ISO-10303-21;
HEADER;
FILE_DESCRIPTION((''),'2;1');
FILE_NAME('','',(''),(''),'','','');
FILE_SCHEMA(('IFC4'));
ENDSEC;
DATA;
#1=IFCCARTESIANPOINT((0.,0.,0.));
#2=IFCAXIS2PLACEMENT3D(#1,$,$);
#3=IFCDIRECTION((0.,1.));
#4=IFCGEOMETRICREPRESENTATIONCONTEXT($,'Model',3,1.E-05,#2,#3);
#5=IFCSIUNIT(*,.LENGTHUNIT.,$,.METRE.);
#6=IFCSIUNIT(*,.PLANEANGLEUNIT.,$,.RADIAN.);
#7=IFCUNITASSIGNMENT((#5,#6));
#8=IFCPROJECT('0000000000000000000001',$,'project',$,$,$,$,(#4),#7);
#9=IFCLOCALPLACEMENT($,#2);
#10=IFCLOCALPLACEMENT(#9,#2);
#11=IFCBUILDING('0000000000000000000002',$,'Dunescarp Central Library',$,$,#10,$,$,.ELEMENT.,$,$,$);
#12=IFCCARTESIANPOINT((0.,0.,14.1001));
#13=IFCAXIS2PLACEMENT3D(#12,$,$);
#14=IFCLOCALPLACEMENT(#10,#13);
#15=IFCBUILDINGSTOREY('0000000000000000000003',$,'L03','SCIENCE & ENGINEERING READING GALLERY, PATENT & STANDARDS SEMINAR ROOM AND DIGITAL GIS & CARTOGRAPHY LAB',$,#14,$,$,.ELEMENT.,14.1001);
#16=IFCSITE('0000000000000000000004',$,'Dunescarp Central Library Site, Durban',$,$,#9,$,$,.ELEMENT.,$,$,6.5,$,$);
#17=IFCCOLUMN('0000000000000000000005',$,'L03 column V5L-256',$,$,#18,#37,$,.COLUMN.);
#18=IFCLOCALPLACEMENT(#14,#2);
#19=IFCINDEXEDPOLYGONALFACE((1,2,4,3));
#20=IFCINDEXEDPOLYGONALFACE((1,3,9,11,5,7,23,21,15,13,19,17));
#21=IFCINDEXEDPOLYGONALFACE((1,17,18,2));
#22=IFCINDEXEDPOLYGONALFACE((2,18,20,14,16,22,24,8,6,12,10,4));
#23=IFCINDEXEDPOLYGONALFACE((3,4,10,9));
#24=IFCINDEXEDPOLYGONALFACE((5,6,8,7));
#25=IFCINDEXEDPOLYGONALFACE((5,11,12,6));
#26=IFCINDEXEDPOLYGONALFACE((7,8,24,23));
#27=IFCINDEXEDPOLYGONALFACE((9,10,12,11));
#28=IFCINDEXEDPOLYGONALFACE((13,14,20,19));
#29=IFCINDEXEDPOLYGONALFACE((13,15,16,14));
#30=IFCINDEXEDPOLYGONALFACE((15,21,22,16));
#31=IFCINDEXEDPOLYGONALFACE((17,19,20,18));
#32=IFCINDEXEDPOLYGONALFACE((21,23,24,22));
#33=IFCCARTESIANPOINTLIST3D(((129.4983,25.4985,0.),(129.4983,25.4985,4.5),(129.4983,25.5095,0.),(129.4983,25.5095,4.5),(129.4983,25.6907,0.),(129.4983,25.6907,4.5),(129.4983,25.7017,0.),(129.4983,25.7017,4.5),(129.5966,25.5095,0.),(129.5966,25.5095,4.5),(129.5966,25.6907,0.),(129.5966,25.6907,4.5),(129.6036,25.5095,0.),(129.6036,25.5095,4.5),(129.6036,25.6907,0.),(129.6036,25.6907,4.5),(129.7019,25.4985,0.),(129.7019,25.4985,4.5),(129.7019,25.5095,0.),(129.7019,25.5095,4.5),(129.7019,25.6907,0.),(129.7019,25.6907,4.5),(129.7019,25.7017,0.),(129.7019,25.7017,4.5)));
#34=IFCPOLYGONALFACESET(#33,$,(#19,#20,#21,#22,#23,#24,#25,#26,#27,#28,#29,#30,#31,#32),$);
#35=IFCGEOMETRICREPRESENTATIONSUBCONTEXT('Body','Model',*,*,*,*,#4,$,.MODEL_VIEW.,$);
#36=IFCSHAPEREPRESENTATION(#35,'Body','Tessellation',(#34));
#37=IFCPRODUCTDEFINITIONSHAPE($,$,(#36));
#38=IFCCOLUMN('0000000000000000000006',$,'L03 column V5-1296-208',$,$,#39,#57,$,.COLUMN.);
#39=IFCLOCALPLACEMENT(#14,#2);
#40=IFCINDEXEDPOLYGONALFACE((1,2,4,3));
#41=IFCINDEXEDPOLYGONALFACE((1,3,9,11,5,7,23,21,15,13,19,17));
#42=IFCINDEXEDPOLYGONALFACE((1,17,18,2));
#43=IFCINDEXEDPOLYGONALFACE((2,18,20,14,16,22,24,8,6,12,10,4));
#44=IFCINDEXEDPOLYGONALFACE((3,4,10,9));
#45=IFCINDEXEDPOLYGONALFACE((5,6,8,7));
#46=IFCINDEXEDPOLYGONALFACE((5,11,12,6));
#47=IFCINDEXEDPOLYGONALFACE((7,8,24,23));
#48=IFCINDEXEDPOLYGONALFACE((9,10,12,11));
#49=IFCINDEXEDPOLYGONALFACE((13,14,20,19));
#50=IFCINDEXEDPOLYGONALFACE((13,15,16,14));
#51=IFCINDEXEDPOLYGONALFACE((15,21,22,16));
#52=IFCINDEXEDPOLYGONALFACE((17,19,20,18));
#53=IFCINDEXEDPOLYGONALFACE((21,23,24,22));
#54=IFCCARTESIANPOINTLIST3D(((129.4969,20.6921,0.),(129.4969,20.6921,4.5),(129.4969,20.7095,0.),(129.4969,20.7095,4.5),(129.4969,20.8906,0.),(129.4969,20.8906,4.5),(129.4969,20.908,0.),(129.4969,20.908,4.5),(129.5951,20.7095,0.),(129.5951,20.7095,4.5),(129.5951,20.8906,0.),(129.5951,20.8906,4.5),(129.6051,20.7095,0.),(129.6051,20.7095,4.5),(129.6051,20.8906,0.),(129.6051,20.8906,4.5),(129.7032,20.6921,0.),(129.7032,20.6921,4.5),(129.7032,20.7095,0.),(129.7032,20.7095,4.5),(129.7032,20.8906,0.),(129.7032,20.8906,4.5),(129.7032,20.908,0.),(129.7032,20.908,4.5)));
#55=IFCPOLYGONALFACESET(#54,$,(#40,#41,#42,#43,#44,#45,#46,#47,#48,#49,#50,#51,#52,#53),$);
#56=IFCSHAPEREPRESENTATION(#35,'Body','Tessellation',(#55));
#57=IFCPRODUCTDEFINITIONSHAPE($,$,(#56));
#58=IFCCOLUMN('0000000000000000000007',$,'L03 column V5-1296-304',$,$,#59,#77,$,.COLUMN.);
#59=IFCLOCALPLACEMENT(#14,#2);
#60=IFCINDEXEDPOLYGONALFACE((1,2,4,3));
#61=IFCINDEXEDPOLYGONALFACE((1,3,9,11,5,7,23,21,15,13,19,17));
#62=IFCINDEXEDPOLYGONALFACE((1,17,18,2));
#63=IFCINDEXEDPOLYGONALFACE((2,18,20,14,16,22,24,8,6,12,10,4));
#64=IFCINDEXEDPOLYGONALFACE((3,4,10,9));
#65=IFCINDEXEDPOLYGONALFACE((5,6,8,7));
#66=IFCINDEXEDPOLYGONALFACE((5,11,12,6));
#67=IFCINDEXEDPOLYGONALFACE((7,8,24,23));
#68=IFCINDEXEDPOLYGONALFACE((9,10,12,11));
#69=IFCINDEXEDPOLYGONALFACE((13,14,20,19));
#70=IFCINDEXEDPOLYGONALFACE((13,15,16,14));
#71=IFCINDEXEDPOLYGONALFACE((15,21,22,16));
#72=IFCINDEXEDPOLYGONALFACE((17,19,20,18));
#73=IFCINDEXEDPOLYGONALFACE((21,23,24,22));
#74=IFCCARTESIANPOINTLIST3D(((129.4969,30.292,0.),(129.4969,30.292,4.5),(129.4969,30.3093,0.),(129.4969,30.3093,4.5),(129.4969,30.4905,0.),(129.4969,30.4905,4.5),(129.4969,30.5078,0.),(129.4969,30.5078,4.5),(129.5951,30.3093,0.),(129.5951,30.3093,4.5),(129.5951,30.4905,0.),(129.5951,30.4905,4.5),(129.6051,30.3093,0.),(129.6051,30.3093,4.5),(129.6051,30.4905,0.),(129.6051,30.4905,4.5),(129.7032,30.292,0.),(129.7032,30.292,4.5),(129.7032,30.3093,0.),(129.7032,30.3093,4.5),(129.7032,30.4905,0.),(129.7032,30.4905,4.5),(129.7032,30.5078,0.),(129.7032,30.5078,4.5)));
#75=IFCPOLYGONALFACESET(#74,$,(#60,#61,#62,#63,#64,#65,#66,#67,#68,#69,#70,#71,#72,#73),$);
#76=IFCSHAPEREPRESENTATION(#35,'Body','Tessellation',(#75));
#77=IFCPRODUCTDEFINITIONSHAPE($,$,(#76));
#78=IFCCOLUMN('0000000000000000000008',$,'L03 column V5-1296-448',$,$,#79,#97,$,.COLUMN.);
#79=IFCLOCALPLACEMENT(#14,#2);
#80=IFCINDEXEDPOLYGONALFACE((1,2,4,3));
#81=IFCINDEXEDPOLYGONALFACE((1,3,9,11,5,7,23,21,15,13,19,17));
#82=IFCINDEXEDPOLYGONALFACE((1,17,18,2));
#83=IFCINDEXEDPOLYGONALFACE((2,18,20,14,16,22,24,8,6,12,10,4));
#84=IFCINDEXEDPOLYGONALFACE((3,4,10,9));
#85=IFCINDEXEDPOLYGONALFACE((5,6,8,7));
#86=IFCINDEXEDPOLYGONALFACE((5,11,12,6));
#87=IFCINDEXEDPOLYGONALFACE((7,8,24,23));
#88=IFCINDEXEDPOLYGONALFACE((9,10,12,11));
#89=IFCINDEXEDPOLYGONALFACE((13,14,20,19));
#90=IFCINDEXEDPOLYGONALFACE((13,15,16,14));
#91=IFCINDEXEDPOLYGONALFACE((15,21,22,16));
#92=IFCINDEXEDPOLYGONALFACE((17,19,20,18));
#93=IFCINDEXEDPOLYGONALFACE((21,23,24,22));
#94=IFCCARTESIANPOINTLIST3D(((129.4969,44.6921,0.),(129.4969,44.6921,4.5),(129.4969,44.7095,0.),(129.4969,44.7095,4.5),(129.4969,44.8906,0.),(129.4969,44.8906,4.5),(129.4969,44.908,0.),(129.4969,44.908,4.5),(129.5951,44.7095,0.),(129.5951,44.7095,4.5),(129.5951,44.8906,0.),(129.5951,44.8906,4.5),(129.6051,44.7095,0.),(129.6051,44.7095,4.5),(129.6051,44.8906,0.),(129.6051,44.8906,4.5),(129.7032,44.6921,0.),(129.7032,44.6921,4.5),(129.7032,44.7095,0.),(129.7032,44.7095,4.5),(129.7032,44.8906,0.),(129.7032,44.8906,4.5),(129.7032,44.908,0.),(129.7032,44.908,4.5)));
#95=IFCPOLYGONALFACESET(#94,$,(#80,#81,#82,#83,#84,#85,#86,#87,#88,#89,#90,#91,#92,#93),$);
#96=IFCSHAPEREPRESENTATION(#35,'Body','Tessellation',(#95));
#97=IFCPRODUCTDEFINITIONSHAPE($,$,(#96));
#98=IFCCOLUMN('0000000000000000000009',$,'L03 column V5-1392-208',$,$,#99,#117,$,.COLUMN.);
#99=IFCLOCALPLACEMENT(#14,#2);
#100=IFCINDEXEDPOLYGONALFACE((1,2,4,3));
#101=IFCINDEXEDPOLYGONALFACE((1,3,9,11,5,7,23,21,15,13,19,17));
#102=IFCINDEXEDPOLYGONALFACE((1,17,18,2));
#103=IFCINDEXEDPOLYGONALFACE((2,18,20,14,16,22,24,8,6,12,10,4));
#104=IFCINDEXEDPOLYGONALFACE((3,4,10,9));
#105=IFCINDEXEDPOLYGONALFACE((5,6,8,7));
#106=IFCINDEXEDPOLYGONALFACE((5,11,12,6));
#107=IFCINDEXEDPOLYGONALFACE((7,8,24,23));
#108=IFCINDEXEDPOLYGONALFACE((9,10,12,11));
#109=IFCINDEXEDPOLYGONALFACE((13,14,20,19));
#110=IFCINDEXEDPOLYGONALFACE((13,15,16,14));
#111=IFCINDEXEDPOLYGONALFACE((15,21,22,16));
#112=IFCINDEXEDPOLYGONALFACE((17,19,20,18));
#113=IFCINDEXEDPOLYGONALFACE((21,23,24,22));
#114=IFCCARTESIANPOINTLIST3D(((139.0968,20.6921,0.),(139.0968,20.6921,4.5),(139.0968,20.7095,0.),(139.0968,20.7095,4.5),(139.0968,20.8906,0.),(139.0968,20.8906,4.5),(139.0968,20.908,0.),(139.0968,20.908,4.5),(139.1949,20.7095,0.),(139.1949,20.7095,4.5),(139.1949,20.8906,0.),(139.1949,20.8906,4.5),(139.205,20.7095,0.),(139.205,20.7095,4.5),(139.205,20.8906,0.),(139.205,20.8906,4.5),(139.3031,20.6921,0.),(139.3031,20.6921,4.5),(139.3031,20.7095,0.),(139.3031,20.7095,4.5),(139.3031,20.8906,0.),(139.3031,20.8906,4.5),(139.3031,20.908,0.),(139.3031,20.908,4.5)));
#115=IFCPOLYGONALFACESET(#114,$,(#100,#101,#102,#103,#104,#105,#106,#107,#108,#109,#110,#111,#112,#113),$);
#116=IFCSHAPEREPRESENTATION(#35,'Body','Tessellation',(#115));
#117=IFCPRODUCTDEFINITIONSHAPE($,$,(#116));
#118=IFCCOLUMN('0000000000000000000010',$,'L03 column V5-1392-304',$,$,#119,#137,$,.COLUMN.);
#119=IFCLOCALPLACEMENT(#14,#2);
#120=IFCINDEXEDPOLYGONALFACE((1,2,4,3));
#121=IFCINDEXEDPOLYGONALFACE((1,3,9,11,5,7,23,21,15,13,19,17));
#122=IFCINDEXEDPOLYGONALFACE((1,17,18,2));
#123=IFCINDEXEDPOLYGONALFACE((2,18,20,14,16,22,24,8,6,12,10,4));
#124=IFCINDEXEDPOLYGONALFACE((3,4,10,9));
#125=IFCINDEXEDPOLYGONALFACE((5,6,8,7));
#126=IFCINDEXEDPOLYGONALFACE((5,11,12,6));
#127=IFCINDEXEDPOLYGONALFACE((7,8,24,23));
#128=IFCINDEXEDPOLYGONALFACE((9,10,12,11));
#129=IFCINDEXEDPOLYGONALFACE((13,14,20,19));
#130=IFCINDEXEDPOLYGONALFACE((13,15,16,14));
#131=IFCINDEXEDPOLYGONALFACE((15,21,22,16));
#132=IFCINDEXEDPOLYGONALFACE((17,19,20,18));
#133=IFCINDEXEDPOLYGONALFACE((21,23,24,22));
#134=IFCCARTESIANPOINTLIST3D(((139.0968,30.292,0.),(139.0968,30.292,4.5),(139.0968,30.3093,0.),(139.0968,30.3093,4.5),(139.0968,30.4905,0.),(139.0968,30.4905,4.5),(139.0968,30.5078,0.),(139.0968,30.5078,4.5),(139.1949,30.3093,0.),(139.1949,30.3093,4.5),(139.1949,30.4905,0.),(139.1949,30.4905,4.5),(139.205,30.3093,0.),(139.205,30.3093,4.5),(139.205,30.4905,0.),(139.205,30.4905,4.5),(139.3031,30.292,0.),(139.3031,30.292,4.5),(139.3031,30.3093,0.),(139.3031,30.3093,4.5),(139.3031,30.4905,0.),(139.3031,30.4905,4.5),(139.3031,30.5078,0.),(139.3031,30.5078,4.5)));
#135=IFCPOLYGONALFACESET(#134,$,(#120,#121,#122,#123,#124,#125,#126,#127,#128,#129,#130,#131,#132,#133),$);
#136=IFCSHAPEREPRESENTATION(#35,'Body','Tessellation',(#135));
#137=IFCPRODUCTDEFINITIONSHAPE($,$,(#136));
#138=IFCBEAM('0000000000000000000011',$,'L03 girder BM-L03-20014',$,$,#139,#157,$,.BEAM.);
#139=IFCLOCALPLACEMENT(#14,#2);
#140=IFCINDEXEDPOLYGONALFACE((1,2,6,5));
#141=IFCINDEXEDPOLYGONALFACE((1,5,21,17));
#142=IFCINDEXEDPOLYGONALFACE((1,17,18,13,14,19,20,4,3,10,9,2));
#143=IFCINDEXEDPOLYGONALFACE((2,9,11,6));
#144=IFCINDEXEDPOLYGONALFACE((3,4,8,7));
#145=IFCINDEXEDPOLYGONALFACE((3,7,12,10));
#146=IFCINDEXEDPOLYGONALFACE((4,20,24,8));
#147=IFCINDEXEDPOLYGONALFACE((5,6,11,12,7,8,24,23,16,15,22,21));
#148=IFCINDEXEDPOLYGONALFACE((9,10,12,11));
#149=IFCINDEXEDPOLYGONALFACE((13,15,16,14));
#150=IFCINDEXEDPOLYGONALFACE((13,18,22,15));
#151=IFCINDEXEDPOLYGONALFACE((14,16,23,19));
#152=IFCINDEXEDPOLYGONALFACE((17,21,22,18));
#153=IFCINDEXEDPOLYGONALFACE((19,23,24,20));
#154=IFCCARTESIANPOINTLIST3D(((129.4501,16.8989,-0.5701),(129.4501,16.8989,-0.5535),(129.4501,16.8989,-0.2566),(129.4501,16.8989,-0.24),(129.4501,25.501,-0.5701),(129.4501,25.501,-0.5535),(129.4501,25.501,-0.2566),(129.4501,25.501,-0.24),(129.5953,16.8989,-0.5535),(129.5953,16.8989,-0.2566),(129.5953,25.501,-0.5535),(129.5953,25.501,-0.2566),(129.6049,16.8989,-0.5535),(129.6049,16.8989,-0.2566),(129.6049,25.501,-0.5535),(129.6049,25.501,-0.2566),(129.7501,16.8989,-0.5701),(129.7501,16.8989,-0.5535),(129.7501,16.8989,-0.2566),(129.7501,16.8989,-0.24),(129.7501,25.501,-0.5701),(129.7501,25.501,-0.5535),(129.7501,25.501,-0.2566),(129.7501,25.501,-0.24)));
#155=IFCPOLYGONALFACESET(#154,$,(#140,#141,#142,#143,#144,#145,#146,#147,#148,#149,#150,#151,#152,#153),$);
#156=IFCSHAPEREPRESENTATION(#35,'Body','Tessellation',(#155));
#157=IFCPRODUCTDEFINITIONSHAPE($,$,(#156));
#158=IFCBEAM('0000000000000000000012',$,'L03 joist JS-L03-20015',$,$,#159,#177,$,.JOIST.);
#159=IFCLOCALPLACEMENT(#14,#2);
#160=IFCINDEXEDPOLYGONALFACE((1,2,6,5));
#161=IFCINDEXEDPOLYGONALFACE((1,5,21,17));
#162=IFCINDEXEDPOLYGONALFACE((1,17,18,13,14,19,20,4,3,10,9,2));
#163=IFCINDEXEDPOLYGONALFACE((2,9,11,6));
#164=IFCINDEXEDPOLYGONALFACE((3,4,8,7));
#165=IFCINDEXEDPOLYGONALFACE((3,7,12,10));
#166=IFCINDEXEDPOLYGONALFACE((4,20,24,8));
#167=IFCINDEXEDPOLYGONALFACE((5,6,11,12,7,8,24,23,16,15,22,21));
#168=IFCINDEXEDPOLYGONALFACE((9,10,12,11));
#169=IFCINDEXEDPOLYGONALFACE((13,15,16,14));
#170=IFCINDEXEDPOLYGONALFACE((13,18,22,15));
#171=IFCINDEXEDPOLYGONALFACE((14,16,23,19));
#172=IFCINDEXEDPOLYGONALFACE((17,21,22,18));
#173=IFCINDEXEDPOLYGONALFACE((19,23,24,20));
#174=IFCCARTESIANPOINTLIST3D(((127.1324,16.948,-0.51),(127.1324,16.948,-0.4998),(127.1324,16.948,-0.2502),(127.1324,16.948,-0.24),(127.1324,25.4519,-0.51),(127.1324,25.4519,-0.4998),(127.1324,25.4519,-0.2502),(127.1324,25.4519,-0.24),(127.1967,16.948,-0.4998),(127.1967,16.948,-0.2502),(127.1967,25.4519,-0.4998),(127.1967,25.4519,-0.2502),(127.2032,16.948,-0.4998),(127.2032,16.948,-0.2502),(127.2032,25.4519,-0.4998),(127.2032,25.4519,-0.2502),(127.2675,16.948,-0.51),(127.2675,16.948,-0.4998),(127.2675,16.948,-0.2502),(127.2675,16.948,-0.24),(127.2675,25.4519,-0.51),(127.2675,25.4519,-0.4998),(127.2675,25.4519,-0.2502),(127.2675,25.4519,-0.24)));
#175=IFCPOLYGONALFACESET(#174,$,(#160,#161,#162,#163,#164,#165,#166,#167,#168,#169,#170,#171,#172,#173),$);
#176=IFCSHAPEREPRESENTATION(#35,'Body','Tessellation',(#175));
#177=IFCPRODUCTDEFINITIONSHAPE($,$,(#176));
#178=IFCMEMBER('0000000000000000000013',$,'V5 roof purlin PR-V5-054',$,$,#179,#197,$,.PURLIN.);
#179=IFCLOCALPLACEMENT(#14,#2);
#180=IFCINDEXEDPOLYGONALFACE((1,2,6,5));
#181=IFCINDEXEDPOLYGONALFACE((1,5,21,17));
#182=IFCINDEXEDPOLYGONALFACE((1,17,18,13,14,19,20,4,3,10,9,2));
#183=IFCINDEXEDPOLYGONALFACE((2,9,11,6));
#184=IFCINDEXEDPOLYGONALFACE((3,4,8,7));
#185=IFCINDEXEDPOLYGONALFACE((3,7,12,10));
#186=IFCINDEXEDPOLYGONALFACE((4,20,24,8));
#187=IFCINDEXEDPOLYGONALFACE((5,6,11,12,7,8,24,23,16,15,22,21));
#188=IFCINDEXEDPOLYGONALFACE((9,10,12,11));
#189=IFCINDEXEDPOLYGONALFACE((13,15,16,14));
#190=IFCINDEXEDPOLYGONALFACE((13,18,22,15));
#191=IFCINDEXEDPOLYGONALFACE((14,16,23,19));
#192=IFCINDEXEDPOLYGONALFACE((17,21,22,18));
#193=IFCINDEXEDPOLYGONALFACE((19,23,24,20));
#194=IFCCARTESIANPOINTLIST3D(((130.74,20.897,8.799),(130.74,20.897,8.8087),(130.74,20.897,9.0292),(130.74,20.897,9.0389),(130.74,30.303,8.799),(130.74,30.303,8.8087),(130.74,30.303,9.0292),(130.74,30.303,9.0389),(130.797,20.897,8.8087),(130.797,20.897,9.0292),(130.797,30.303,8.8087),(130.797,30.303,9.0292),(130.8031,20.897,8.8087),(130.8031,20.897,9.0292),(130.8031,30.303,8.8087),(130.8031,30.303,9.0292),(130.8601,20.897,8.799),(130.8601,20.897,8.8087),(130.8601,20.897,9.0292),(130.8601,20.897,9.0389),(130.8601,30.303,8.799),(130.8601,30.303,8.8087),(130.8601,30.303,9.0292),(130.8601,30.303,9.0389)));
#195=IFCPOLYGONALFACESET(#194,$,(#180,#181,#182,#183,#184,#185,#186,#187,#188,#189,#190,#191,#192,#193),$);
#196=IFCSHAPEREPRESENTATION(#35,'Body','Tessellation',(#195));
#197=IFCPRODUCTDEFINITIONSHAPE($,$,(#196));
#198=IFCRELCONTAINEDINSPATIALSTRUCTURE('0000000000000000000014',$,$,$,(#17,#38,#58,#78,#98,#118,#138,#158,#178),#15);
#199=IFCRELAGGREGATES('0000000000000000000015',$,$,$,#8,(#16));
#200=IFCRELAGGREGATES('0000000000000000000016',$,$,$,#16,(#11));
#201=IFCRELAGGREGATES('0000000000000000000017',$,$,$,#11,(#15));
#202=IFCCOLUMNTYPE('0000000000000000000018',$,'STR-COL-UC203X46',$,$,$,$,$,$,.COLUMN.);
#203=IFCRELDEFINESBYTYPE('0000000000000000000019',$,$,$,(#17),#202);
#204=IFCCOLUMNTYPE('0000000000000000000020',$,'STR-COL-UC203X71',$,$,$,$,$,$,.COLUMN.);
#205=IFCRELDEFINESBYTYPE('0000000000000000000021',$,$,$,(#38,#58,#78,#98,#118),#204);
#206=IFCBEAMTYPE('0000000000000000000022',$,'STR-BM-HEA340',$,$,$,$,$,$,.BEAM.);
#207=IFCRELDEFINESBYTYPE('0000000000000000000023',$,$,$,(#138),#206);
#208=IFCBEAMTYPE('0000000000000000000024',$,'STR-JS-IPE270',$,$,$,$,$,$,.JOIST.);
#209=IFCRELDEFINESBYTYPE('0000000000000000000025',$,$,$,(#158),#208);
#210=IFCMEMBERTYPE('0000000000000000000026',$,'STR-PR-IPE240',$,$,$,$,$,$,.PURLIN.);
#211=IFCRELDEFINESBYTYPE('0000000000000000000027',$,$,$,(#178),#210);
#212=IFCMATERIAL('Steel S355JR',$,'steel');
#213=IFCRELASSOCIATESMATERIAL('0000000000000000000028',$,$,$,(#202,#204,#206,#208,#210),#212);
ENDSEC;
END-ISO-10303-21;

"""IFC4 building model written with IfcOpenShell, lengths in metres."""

from ifc_helpers import new_model, si_unit, direction, frame, origin, origin_2d, place, context, subcontext, project, spatial, i_section, extrude, material, material_profile, profile_set, type_object, element, save


model = new_model("IFC4")

# Units and contexts
model_context = context("Model", 3, precision=1e-05, world=origin(), true_north=direction((0.0, 1.0)))
body_context = subcontext(model_context, "Body", "Model", "MODEL_VIEW")
ifc_project = project(units=[si_unit("LENGTHUNIT", "METRE"), si_unit("PLANEANGLEUNIT", "RADIAN")], contexts=[model_context])

# Site, building, storey
site_placement = place(None, origin())
site = spatial("IfcSite", under=ifc_project, at=site_placement, Name="Dunescarp Central Library Site, Durban", CompositionType="ELEMENT", RefElevation=6.5)
building_placement = place(site_placement, origin())
building = spatial("IfcBuilding", under=site, at=building_placement, Name="Dunescarp Central Library", CompositionType="ELEMENT")
storey_placement = place(building_placement, frame((0.0, 0.0, 14.1001)))
storey = spatial("IfcBuildingStorey", under=building, at=storey_placement, Name="L03", Description="SCIENCE & ENGINEERING READING GALLERY, PATENT & STANDARDS SEMINAR ROOM AND DIGITAL GIS & CARTOGRAPHY LAB", CompositionType="ELEMENT", Elevation=14.1001)

# Columns
ifc_material_1 = material(Name="Steel S355JR", Category="steel")
ifc_material_profile_1 = material_profile(ifc_material_1, i_section(OverallWidth=0.2036, OverallDepth=0.2031, WebThickness=0.0071, FlangeThickness=0.011, at=origin_2d()), Name="UC 203x203x46")
ifc_profile_set_1 = profile_set([ifc_material_profile_1], Name="Steel S355JR")
column_type_1 = type_object("IfcColumnType", Name="STR-COL-UC203X46", PredefinedType="COLUMN", material=ifc_profile_set_1)
column_placement = place(storey_placement, frame((129.6001, 25.6001, 0.0), z_axis=(0.0, 0.0, 1.0), x_axis=(1.0, 0.0, 0.0)))
element("IfcColumn", 1, at=column_placement, inside=storey, type_object=column_type_1, Name="L03 column V5L-256", PredefinedType="COLUMN", context=body_context, shape_type="SweptSolid", body=[
    extrude(i_section(OverallWidth=0.2036, OverallDepth=0.2031, WebThickness=0.0071, FlangeThickness=0.011, at=origin_2d()), origin(), (0.0, 0.0, 1.0), 4.5),
])
ifc_material_profile_2 = material_profile(ifc_material_1, i_section(OverallWidth=0.2063, OverallDepth=0.2158, WebThickness=0.01, FlangeThickness=0.0173, at=origin_2d()), Name="UC 203x203x71")
ifc_profile_set_2 = profile_set([ifc_material_profile_2], Name="Steel S355JR")
column_type_2 = type_object("IfcColumnType", Name="STR-COL-UC203X71", PredefinedType="COLUMN", material=ifc_profile_set_2)
for number, where, z_axis, x_axis, name in (
    (2, (129.6001, 20.8, 0.0), (0.0, 0.0, 1.0), (1.0, 0.0, 0.0), "L03 column V5-1296-208"),
    (3, (129.6001, 30.3999, 0.0), (0.0, 0.0, 1.0), (1.0, 0.0, 0.0), "L03 column V5-1296-304"),
    (4, (129.6001, 44.8, 0.0), (0.0, 0.0, 1.0), (1.0, 0.0, 0.0), "L03 column V5-1296-448"),
    (5, (139.2, 20.8, 0.0), (0.0, 0.0, 1.0), (1.0, 0.0, 0.0), "L03 column V5-1392-208"),
    (6, (139.2, 30.3999, 0.0), (0.0, 0.0, 1.0), (1.0, 0.0, 0.0), "L03 column V5-1392-304"),
):
    element("IfcColumn", number, at=place(storey_placement, frame(where, z_axis=z_axis, x_axis=x_axis)), inside=storey, type_object=column_type_2, Name=name, PredefinedType="COLUMN", context=body_context, shape_type="SweptSolid", body=[
        extrude(i_section(OverallWidth=0.2063, OverallDepth=0.2158, WebThickness=0.01, FlangeThickness=0.0173, at=origin_2d()), origin(), (0.0, 0.0, 1.0), 4.5),
    ])

# Beams
ifc_material_profile_3 = material_profile(ifc_material_1, i_section(OverallWidth=0.3, OverallDepth=0.3301, WebThickness=0.0095, FlangeThickness=0.0166, at=origin_2d()), Name="HEA 340")
ifc_profile_set_3 = profile_set([ifc_material_profile_3], Name="Steel S355JR")
beam_type_1 = type_object("IfcBeamType", Name="STR-BM-HEA340", PredefinedType="BEAM", material=ifc_profile_set_3)
beam_1_placement = place(storey_placement, frame((129.6001, 16.8989, -0.405), z_axis=(0.0, 1.0, 0.0), x_axis=(-1.0, 0.0, 0.0)))
element("IfcBeam", 7, at=beam_1_placement, inside=storey, type_object=beam_type_1, Name="L03 girder BM-L03-20014", PredefinedType="BEAM", context=body_context, shape_type="SweptSolid", body=[
    extrude(i_section(OverallWidth=0.3, OverallDepth=0.3301, WebThickness=0.0095, FlangeThickness=0.0166, at=origin_2d()), origin(), (0.0, 0.0, 1.0), 8.6021),
])
ifc_material_profile_4 = material_profile(ifc_material_1, i_section(OverallWidth=0.135, OverallDepth=0.27, WebThickness=0.0066, FlangeThickness=0.0103, at=origin_2d()), Name="IPE 270")
ifc_profile_set_4 = profile_set([ifc_material_profile_4], Name="Steel S355JR")
beam_type_2 = type_object("IfcBeamType", Name="STR-JS-IPE270", PredefinedType="JOIST", material=ifc_profile_set_4)
beam_2_placement = place(storey_placement, frame((127.2, 16.948, -0.375), z_axis=(0.0, 1.0, 0.0), x_axis=(-1.0, 0.0, 0.0)))
element("IfcBeam", 8, at=beam_2_placement, inside=storey, type_object=beam_type_2, Name="L03 joist JS-L03-20015", PredefinedType="JOIST", context=body_context, shape_type="SweptSolid", body=[
    extrude(i_section(OverallWidth=0.135, OverallDepth=0.27, WebThickness=0.0066, FlangeThickness=0.0103, at=origin_2d()), origin(), (0.0, 0.0, 1.0), 8.5039),
])

# Member
ifc_material_profile_5 = material_profile(ifc_material_1, i_section(OverallWidth=0.1201, OverallDepth=0.24, WebThickness=0.0061, FlangeThickness=0.0098, at=origin_2d()), Name="IPE 240")
ifc_profile_set_5 = profile_set([ifc_material_profile_5], Name="Steel S355JR")
member_type_1 = type_object("IfcMemberType", Name="STR-PR-IPE240", PredefinedType="PURLIN", material=ifc_profile_set_5)
member_1_placement = place(storey_placement, frame((130.8, 20.897, 8.9189), z_axis=(0.0, 1.0, 0.0), x_axis=(-1.0, 0.0, 0.0)))
element("IfcMember", 9, at=member_1_placement, inside=storey, type_object=member_type_1, Name="V5 roof purlin PR-V5-054", PredefinedType="PURLIN", context=body_context, shape_type="SweptSolid", body=[
    extrude(i_section(OverallWidth=0.1201, OverallDepth=0.24, WebThickness=0.0061, FlangeThickness=0.0098, at=origin_2d()), origin(), (0.0, 0.0, 1.0), 9.406),
])

save(model, "model.ifc")
